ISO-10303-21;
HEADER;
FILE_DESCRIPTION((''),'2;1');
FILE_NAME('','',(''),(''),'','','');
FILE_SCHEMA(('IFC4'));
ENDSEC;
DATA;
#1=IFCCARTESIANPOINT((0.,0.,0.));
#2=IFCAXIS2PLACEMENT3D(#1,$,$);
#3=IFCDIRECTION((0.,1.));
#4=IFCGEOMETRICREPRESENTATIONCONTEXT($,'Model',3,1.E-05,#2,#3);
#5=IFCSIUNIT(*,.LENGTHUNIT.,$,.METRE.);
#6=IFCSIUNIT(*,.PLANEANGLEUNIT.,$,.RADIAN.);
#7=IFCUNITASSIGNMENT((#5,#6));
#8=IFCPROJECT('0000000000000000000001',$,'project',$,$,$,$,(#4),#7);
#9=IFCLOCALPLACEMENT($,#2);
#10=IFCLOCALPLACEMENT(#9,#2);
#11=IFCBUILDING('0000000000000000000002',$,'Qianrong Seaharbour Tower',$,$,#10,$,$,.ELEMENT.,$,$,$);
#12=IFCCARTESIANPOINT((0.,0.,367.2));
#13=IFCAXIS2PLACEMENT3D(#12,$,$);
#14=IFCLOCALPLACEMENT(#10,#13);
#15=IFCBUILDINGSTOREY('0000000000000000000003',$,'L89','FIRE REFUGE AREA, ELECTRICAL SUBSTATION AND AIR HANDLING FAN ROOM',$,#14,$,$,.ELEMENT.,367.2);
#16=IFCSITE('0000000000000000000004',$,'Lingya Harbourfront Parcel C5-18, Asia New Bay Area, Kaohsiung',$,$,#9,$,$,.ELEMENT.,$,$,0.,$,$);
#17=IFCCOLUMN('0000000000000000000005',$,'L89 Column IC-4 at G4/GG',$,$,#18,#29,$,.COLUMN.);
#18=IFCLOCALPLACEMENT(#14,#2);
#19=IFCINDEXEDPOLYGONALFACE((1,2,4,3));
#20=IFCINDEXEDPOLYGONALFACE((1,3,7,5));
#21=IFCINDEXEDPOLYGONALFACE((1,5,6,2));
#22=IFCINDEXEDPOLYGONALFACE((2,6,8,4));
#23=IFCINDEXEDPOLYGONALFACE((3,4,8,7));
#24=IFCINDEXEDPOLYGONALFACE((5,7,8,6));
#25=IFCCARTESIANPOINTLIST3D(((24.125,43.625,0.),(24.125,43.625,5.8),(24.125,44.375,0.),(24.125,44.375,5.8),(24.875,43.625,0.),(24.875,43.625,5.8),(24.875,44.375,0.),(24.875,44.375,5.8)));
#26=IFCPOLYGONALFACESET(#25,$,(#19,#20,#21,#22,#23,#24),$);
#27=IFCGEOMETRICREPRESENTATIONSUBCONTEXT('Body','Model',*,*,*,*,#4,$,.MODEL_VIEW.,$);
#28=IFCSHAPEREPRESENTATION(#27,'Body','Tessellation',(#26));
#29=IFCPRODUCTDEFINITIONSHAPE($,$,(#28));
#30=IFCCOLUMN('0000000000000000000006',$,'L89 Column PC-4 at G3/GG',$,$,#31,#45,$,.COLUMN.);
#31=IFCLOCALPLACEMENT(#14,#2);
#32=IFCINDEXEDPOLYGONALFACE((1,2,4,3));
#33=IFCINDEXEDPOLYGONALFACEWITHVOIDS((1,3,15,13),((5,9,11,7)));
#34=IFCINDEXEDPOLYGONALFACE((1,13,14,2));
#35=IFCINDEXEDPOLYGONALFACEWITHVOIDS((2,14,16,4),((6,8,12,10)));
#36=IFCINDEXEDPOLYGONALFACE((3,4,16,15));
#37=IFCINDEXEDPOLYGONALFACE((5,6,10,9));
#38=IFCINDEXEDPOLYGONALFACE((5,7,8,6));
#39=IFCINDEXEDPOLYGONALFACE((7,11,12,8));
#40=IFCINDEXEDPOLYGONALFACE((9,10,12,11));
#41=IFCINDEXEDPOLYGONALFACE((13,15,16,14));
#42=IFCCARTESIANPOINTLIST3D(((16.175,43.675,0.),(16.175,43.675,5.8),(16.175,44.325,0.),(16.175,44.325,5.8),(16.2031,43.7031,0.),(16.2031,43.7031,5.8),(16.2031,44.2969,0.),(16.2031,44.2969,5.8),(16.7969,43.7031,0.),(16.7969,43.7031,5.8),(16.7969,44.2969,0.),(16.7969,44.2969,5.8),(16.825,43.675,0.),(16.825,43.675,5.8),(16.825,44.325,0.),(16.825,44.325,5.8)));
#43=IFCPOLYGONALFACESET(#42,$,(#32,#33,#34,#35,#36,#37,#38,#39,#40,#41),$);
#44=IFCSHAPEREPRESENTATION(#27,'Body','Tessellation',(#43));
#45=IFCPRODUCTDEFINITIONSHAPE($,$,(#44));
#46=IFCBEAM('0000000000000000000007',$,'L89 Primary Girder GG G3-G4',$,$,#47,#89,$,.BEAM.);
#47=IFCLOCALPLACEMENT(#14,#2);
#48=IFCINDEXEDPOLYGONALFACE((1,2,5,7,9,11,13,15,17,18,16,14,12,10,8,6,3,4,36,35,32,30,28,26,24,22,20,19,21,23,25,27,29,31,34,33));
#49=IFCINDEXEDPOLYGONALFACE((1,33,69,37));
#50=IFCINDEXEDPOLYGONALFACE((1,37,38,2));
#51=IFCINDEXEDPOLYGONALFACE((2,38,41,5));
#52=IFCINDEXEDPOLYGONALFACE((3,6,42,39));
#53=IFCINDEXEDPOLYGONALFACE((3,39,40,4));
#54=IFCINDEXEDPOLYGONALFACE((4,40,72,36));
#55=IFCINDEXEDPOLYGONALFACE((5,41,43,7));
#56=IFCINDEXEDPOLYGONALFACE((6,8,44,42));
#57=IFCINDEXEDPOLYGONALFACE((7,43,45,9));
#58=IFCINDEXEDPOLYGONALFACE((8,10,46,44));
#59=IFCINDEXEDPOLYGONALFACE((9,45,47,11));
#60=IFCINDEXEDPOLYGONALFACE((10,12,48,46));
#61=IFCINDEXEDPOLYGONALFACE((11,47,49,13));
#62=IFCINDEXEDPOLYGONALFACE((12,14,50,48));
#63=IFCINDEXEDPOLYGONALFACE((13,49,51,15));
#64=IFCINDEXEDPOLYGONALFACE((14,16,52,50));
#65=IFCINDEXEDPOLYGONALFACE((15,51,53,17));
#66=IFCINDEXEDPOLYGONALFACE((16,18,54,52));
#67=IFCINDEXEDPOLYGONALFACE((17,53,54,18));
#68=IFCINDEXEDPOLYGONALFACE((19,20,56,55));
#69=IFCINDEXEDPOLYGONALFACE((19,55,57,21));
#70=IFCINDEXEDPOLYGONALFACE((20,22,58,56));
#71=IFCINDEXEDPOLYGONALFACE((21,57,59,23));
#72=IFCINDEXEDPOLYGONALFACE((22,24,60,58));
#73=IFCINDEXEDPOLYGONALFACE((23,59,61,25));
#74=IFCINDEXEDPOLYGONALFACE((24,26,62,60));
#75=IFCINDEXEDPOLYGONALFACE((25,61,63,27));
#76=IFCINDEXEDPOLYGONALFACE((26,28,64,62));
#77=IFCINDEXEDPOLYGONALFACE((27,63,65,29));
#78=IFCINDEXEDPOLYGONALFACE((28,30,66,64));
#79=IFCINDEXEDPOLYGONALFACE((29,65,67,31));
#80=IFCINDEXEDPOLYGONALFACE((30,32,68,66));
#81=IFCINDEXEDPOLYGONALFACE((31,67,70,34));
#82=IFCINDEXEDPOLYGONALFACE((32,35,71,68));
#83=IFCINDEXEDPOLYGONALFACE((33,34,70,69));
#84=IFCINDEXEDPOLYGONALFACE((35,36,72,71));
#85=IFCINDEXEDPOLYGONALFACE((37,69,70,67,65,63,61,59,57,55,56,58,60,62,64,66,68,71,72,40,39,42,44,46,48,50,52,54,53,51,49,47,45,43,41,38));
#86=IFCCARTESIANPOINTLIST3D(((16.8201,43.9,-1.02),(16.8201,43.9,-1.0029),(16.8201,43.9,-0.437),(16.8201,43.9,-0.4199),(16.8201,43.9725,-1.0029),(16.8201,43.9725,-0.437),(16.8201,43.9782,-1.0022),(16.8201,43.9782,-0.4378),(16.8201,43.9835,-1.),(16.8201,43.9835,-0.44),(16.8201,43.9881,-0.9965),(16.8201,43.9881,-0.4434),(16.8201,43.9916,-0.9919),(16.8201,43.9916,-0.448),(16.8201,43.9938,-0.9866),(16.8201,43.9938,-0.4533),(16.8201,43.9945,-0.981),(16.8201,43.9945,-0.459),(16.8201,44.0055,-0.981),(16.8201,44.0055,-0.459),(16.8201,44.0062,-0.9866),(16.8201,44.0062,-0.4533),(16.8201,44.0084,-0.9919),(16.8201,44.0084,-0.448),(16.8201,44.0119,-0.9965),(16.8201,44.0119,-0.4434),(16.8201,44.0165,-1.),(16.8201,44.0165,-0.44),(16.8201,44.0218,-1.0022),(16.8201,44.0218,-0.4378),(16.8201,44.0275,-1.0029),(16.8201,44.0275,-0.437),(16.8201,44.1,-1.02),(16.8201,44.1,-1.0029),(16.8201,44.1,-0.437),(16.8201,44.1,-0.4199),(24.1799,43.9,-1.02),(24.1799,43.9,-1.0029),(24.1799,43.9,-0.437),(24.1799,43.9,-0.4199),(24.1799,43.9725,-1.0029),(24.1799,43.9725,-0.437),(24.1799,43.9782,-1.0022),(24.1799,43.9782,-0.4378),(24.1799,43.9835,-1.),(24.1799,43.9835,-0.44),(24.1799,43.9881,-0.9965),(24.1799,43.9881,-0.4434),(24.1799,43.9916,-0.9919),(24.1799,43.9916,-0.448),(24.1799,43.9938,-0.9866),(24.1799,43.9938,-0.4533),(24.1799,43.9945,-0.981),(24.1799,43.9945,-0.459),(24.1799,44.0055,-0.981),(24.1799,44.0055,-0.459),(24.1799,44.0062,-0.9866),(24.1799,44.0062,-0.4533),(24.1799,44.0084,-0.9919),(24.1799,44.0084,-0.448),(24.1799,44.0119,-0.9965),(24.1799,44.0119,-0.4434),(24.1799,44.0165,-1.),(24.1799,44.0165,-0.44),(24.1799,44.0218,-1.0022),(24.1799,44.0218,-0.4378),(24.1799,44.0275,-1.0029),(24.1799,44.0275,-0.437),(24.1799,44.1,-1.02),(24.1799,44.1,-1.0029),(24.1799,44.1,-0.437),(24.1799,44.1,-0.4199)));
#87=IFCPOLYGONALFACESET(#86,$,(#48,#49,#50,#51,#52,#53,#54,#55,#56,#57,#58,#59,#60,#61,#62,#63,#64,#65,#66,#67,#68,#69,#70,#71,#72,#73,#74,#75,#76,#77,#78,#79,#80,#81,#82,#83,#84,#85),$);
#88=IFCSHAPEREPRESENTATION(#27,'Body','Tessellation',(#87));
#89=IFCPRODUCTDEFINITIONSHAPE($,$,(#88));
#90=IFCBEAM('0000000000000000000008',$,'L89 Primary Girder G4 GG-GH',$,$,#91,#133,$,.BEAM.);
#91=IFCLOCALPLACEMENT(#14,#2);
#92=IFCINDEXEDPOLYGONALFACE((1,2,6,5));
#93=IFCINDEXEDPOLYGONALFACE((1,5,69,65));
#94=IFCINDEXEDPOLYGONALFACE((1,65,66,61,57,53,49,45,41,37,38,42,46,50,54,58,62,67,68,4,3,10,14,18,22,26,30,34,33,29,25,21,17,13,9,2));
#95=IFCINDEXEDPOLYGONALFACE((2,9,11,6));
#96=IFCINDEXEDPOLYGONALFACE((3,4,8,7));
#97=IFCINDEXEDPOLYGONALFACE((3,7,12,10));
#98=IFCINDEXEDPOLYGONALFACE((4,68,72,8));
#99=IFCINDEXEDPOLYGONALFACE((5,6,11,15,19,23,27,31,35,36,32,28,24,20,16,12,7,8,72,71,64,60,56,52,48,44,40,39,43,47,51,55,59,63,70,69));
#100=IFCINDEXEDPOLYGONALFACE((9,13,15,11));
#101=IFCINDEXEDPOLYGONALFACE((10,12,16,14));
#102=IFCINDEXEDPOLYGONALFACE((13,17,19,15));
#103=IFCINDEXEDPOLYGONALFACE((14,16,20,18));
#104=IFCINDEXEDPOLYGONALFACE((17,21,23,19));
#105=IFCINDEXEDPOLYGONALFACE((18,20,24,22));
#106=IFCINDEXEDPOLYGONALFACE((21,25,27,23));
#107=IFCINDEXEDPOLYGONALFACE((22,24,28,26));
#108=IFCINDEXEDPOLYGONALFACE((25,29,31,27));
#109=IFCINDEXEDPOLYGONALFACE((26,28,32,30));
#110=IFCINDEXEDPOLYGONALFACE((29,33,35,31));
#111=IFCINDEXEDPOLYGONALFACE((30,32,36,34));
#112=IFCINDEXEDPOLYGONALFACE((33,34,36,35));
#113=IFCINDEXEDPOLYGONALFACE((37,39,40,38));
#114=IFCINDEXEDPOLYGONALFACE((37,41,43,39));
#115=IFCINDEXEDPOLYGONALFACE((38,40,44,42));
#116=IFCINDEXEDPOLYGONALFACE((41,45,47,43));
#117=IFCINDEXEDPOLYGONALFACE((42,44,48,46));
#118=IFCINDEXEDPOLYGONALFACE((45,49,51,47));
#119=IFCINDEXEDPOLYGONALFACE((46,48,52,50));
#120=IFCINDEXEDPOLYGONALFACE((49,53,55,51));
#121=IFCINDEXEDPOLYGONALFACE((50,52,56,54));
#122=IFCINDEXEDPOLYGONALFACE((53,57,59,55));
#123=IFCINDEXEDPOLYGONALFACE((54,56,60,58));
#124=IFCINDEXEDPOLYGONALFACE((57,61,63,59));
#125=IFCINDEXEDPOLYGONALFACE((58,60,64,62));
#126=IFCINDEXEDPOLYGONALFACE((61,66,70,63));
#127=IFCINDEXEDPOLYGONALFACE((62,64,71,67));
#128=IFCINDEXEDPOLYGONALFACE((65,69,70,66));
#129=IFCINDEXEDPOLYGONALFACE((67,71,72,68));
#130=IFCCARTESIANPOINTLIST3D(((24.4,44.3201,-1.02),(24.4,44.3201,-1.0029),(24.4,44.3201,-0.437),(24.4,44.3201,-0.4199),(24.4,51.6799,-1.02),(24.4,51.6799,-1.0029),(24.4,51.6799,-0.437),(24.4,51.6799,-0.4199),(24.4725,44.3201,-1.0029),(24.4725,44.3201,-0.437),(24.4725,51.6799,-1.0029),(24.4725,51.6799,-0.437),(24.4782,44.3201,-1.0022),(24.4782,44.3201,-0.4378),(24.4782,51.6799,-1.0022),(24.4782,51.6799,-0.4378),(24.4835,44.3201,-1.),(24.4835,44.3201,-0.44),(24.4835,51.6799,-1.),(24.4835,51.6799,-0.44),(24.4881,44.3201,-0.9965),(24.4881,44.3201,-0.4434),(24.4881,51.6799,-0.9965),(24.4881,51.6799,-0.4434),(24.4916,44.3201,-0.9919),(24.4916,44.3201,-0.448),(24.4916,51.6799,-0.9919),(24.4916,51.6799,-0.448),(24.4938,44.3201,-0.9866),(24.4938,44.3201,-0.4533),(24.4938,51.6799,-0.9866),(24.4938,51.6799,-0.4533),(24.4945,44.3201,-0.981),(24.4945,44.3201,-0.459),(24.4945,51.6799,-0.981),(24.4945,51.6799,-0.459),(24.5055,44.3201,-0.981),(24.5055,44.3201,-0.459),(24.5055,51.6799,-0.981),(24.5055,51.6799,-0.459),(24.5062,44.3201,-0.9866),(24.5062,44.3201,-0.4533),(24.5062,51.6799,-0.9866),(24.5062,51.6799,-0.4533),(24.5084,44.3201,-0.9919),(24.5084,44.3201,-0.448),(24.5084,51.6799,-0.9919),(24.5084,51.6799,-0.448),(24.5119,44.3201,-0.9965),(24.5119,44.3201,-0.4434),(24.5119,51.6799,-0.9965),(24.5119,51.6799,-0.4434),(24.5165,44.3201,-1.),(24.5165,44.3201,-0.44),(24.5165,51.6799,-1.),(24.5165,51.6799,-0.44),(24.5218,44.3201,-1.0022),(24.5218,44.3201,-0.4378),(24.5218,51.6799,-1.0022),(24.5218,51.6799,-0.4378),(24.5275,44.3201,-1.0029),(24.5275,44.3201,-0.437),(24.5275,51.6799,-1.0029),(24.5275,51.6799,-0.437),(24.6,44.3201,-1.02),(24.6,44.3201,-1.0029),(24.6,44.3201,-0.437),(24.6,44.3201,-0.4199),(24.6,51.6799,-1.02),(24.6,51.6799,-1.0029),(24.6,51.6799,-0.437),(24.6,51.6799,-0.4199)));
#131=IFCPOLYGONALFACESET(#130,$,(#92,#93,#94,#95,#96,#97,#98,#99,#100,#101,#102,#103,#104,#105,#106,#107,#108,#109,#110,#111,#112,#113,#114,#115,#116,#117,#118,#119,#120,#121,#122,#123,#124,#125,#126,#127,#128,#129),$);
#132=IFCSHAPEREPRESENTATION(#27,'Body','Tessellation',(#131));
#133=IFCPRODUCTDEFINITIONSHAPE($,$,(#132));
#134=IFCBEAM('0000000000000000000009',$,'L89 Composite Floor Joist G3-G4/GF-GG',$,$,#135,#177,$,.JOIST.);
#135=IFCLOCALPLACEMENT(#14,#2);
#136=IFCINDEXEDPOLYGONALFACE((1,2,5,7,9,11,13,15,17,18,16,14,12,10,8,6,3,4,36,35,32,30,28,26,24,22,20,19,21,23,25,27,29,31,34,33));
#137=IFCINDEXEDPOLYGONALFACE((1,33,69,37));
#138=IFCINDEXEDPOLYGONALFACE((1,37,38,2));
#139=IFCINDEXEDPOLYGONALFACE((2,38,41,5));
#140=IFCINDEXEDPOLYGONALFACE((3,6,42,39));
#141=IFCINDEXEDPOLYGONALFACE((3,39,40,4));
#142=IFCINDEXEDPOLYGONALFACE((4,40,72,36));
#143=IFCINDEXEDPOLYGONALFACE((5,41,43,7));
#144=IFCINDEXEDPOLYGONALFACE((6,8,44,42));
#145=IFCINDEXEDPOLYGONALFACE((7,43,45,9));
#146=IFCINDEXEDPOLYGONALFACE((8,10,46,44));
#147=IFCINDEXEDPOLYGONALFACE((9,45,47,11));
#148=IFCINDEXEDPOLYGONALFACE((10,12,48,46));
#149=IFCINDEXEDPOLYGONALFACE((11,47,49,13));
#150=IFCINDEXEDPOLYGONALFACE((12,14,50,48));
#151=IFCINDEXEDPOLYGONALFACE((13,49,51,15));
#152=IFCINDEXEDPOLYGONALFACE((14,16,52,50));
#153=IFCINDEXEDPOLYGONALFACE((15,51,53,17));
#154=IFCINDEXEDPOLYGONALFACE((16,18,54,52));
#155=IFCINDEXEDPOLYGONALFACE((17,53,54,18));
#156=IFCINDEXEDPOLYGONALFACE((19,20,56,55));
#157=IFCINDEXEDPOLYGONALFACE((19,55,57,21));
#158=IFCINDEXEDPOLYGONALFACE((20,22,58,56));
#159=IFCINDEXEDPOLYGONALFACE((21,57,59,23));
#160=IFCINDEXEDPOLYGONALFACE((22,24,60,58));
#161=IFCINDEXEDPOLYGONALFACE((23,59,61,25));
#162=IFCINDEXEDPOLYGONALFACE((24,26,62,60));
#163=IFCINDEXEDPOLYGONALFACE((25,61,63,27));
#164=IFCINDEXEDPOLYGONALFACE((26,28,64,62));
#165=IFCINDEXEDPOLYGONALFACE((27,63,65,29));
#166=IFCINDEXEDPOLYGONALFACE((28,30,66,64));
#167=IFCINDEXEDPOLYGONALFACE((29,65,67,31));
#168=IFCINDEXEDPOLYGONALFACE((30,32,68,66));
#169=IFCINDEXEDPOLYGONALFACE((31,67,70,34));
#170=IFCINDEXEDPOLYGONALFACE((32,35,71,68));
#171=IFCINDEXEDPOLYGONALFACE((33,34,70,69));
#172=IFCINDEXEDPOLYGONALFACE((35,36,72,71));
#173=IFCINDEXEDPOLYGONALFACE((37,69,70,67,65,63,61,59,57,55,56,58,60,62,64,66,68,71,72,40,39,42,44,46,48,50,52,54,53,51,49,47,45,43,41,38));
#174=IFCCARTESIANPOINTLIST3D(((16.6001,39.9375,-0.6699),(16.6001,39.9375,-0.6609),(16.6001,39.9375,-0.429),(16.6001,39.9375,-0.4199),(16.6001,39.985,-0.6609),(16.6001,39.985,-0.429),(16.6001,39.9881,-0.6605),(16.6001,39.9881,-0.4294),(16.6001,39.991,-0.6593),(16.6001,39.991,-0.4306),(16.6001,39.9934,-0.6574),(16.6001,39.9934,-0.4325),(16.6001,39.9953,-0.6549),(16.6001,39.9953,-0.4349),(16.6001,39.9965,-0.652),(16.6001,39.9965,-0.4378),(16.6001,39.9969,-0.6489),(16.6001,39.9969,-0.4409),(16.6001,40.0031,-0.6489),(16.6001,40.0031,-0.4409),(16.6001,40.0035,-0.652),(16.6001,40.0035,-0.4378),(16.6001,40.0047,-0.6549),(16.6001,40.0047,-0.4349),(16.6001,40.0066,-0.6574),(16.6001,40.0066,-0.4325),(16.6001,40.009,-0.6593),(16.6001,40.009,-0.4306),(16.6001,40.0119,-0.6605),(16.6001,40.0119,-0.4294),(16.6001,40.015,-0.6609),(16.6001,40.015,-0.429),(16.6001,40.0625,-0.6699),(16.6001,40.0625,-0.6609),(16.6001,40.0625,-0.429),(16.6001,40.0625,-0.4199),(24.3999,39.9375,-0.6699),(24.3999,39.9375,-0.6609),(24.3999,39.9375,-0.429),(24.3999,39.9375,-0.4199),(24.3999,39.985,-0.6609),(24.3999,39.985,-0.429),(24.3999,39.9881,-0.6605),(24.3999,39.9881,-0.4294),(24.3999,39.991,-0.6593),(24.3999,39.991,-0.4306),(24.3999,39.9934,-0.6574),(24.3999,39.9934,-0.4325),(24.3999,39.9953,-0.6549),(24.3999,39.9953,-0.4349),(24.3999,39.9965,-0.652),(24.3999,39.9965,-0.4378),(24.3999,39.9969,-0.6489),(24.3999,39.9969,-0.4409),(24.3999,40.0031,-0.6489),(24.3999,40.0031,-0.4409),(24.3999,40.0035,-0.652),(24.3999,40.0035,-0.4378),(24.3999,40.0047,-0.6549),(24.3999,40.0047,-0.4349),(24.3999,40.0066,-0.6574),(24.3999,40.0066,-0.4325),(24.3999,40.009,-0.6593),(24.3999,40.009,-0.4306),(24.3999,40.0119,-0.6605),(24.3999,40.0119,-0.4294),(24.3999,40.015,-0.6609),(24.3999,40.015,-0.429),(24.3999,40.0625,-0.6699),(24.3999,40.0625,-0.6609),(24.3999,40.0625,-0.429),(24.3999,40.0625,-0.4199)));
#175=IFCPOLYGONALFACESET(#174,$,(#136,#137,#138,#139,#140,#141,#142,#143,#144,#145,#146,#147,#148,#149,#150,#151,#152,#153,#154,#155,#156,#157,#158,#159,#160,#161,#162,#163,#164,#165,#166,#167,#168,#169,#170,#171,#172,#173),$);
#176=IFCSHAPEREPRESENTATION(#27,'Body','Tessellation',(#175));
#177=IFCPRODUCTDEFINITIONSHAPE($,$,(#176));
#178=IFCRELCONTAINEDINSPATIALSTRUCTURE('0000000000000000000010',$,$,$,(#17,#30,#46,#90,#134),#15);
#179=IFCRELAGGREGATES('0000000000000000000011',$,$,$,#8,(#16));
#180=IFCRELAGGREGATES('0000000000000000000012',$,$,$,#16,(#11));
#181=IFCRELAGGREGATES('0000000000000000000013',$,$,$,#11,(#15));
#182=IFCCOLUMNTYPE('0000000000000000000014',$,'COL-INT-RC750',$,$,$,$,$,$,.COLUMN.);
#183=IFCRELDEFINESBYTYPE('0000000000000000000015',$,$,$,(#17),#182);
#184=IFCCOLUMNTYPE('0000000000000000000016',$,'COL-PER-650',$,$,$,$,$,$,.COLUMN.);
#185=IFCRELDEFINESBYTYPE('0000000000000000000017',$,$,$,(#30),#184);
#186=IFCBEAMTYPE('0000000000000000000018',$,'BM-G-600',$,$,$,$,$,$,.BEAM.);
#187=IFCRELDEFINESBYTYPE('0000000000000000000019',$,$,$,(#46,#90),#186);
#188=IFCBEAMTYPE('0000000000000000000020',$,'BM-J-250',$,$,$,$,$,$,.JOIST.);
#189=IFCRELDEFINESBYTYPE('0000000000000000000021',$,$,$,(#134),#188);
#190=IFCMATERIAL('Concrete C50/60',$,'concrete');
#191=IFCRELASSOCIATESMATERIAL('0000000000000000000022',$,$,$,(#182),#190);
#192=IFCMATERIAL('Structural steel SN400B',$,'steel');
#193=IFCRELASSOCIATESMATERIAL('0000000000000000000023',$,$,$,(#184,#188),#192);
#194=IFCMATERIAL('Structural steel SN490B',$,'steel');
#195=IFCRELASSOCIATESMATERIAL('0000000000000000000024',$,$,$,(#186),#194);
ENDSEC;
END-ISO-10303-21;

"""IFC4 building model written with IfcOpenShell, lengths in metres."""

from ifc_helpers import new_model, si_unit, direction, frame, origin, origin_2d, place, context, subcontext, project, spatial, rectangle, hollow_rectangle, i_section, extrude, material, material_profile, profile_set, type_object, element, save


model = new_model("IFC4")

# Units and contexts
model_context = context("Model", 3, precision=1e-05, world=origin(), true_north=direction((0.0, 1.0)))
body_context = subcontext(model_context, "Body", "Model", "MODEL_VIEW")
ifc_project = project(units=[si_unit("LENGTHUNIT", "METRE"), si_unit("PLANEANGLEUNIT", "RADIAN")], contexts=[model_context])

# Site, building, storey
site_placement = place(None, origin())
site = spatial("IfcSite", under=ifc_project, at=site_placement, Name="Lingya Harbourfront Parcel C5-18, Asia New Bay Area, Kaohsiung", CompositionType="ELEMENT", RefElevation=0.0)
building_placement = place(site_placement, origin())
building = spatial("IfcBuilding", under=site, at=building_placement, Name="Qianrong Seaharbour Tower", CompositionType="ELEMENT")
storey_placement = place(building_placement, frame((0.0, 0.0, 367.2)))
storey = spatial("IfcBuildingStorey", under=building, at=storey_placement, Name="L89", Description="FIRE REFUGE AREA, ELECTRICAL SUBSTATION AND AIR HANDLING FAN ROOM", CompositionType="ELEMENT", Elevation=367.2)

# Columns
ifc_material_1 = material(Name="Concrete C50/60", Category="concrete")
ifc_material_profile_1 = material_profile(ifc_material_1, rectangle(XDim=0.75, YDim=0.75, at=origin_2d()), Name="RC750x750")
ifc_profile_set_1 = profile_set([ifc_material_profile_1], Name="Concrete C50/60")
column_type_1 = type_object("IfcColumnType", Name="COL-INT-RC750", PredefinedType="COLUMN", material=ifc_profile_set_1)
column_1_placement = place(storey_placement, frame((24.5, 44.0, 0.0), z_axis=(0.0, 0.0, 1.0), x_axis=(1.0, 0.0, 0.0)))
element("IfcColumn", 1, at=column_1_placement, inside=storey, type_object=column_type_1, Name="L89 Column IC-4 at G4/GG", PredefinedType="COLUMN", context=body_context, shape_type="SweptSolid", body=[
    extrude(rectangle(XDim=0.75, YDim=0.75, at=origin_2d()), origin(), (0.0, 0.0, 1.0), 5.8),
])
ifc_material_2 = material(Name="Structural steel SN400B", Category="steel")
ifc_material_profile_2 = material_profile(ifc_material_2, hollow_rectangle(XDim=0.6499, YDim=0.6499, WallThickness=0.0281, at=origin_2d()), Name="BOX650x650x28")
ifc_profile_set_2 = profile_set([ifc_material_profile_2], Name="Structural steel SN400B")
column_type_2 = type_object("IfcColumnType", Name="COL-PER-650", PredefinedType="COLUMN", material=ifc_profile_set_2)
column_2_placement = place(storey_placement, frame((16.5, 44.0, 0.0), z_axis=(0.0, 0.0, 1.0), x_axis=(1.0, 0.0, 0.0)))
element("IfcColumn", 2, at=column_2_placement, inside=storey, type_object=column_type_2, Name="L89 Column PC-4 at G3/GG", PredefinedType="COLUMN", context=body_context, shape_type="SweptSolid", body=[
    extrude(hollow_rectangle(XDim=0.6499, YDim=0.6499, WallThickness=0.0281, at=origin_2d()), origin(), (0.0, 0.0, 1.0), 5.8),
])

# Beams
ifc_material_3 = material(Name="Structural steel SN490B", Category="steel")
ifc_material_profile_3 = material_profile(ifc_material_3, i_section(OverallWidth=0.2, OverallDepth=0.6001, WebThickness=0.011, FlangeThickness=0.0171, FilletRadius=0.022, at=origin_2d()), Name="H600x200x11x17")
ifc_profile_set_3 = profile_set([ifc_material_profile_3], Name="Structural steel SN490B")
beam_type_1 = type_object("IfcBeamType", Name="BM-G-600", PredefinedType="BEAM", material=ifc_profile_set_3)
for number, where, z_axis, x_axis, name in (
    (3, (16.8201, 44.0, -0.72), (1.0, 0.0, 0.0), (0.0, 1.0, 0.0), "L89 Primary Girder GG G3-G4"),
    (4, (24.5, 44.3201, -0.72), (0.0, 1.0, 0.0), (-1.0, 0.0, 0.0), "L89 Primary Girder G4 GG-GH"),
):
    element("IfcBeam", number, at=place(storey_placement, frame(where, z_axis=z_axis, x_axis=x_axis)), inside=storey, type_object=beam_type_1, Name=name, PredefinedType="BEAM", context=body_context, shape_type="SweptSolid", body=[
        extrude(i_section(OverallWidth=0.2, OverallDepth=0.6001, WebThickness=0.011, FlangeThickness=0.0171, FilletRadius=0.022, at=origin_2d()), origin(), (0.0, 0.0, 1.0), 7.3599),
    ])
ifc_material_profile_4 = material_profile(ifc_material_2, i_section(OverallWidth=0.125, OverallDepth=0.25, WebThickness=0.0061, FlangeThickness=0.009, FilletRadius=0.012, at=origin_2d()), Name="H250x125x6x9")
ifc_profile_set_4 = profile_set([ifc_material_profile_4], Name="Structural steel SN400B")
beam_type_2 = type_object("IfcBeamType", Name="BM-J-250", PredefinedType="JOIST", material=ifc_profile_set_4)
beam_placement = place(storey_placement, frame((16.6001, 40.0, -0.5449), z_axis=(1.0, 0.0, 0.0), x_axis=(0.0, 1.0, 0.0)))
element("IfcBeam", 5, at=beam_placement, inside=storey, type_object=beam_type_2, Name="L89 Composite Floor Joist G3-G4/GF-GG", PredefinedType="JOIST", context=body_context, shape_type="SweptSolid", body=[
    extrude(i_section(OverallWidth=0.125, OverallDepth=0.25, WebThickness=0.0061, FlangeThickness=0.009, FilletRadius=0.012, at=origin_2d()), origin(), (0.0, 0.0, 1.0), 7.7998),
])

save(model, "model.ifc")
